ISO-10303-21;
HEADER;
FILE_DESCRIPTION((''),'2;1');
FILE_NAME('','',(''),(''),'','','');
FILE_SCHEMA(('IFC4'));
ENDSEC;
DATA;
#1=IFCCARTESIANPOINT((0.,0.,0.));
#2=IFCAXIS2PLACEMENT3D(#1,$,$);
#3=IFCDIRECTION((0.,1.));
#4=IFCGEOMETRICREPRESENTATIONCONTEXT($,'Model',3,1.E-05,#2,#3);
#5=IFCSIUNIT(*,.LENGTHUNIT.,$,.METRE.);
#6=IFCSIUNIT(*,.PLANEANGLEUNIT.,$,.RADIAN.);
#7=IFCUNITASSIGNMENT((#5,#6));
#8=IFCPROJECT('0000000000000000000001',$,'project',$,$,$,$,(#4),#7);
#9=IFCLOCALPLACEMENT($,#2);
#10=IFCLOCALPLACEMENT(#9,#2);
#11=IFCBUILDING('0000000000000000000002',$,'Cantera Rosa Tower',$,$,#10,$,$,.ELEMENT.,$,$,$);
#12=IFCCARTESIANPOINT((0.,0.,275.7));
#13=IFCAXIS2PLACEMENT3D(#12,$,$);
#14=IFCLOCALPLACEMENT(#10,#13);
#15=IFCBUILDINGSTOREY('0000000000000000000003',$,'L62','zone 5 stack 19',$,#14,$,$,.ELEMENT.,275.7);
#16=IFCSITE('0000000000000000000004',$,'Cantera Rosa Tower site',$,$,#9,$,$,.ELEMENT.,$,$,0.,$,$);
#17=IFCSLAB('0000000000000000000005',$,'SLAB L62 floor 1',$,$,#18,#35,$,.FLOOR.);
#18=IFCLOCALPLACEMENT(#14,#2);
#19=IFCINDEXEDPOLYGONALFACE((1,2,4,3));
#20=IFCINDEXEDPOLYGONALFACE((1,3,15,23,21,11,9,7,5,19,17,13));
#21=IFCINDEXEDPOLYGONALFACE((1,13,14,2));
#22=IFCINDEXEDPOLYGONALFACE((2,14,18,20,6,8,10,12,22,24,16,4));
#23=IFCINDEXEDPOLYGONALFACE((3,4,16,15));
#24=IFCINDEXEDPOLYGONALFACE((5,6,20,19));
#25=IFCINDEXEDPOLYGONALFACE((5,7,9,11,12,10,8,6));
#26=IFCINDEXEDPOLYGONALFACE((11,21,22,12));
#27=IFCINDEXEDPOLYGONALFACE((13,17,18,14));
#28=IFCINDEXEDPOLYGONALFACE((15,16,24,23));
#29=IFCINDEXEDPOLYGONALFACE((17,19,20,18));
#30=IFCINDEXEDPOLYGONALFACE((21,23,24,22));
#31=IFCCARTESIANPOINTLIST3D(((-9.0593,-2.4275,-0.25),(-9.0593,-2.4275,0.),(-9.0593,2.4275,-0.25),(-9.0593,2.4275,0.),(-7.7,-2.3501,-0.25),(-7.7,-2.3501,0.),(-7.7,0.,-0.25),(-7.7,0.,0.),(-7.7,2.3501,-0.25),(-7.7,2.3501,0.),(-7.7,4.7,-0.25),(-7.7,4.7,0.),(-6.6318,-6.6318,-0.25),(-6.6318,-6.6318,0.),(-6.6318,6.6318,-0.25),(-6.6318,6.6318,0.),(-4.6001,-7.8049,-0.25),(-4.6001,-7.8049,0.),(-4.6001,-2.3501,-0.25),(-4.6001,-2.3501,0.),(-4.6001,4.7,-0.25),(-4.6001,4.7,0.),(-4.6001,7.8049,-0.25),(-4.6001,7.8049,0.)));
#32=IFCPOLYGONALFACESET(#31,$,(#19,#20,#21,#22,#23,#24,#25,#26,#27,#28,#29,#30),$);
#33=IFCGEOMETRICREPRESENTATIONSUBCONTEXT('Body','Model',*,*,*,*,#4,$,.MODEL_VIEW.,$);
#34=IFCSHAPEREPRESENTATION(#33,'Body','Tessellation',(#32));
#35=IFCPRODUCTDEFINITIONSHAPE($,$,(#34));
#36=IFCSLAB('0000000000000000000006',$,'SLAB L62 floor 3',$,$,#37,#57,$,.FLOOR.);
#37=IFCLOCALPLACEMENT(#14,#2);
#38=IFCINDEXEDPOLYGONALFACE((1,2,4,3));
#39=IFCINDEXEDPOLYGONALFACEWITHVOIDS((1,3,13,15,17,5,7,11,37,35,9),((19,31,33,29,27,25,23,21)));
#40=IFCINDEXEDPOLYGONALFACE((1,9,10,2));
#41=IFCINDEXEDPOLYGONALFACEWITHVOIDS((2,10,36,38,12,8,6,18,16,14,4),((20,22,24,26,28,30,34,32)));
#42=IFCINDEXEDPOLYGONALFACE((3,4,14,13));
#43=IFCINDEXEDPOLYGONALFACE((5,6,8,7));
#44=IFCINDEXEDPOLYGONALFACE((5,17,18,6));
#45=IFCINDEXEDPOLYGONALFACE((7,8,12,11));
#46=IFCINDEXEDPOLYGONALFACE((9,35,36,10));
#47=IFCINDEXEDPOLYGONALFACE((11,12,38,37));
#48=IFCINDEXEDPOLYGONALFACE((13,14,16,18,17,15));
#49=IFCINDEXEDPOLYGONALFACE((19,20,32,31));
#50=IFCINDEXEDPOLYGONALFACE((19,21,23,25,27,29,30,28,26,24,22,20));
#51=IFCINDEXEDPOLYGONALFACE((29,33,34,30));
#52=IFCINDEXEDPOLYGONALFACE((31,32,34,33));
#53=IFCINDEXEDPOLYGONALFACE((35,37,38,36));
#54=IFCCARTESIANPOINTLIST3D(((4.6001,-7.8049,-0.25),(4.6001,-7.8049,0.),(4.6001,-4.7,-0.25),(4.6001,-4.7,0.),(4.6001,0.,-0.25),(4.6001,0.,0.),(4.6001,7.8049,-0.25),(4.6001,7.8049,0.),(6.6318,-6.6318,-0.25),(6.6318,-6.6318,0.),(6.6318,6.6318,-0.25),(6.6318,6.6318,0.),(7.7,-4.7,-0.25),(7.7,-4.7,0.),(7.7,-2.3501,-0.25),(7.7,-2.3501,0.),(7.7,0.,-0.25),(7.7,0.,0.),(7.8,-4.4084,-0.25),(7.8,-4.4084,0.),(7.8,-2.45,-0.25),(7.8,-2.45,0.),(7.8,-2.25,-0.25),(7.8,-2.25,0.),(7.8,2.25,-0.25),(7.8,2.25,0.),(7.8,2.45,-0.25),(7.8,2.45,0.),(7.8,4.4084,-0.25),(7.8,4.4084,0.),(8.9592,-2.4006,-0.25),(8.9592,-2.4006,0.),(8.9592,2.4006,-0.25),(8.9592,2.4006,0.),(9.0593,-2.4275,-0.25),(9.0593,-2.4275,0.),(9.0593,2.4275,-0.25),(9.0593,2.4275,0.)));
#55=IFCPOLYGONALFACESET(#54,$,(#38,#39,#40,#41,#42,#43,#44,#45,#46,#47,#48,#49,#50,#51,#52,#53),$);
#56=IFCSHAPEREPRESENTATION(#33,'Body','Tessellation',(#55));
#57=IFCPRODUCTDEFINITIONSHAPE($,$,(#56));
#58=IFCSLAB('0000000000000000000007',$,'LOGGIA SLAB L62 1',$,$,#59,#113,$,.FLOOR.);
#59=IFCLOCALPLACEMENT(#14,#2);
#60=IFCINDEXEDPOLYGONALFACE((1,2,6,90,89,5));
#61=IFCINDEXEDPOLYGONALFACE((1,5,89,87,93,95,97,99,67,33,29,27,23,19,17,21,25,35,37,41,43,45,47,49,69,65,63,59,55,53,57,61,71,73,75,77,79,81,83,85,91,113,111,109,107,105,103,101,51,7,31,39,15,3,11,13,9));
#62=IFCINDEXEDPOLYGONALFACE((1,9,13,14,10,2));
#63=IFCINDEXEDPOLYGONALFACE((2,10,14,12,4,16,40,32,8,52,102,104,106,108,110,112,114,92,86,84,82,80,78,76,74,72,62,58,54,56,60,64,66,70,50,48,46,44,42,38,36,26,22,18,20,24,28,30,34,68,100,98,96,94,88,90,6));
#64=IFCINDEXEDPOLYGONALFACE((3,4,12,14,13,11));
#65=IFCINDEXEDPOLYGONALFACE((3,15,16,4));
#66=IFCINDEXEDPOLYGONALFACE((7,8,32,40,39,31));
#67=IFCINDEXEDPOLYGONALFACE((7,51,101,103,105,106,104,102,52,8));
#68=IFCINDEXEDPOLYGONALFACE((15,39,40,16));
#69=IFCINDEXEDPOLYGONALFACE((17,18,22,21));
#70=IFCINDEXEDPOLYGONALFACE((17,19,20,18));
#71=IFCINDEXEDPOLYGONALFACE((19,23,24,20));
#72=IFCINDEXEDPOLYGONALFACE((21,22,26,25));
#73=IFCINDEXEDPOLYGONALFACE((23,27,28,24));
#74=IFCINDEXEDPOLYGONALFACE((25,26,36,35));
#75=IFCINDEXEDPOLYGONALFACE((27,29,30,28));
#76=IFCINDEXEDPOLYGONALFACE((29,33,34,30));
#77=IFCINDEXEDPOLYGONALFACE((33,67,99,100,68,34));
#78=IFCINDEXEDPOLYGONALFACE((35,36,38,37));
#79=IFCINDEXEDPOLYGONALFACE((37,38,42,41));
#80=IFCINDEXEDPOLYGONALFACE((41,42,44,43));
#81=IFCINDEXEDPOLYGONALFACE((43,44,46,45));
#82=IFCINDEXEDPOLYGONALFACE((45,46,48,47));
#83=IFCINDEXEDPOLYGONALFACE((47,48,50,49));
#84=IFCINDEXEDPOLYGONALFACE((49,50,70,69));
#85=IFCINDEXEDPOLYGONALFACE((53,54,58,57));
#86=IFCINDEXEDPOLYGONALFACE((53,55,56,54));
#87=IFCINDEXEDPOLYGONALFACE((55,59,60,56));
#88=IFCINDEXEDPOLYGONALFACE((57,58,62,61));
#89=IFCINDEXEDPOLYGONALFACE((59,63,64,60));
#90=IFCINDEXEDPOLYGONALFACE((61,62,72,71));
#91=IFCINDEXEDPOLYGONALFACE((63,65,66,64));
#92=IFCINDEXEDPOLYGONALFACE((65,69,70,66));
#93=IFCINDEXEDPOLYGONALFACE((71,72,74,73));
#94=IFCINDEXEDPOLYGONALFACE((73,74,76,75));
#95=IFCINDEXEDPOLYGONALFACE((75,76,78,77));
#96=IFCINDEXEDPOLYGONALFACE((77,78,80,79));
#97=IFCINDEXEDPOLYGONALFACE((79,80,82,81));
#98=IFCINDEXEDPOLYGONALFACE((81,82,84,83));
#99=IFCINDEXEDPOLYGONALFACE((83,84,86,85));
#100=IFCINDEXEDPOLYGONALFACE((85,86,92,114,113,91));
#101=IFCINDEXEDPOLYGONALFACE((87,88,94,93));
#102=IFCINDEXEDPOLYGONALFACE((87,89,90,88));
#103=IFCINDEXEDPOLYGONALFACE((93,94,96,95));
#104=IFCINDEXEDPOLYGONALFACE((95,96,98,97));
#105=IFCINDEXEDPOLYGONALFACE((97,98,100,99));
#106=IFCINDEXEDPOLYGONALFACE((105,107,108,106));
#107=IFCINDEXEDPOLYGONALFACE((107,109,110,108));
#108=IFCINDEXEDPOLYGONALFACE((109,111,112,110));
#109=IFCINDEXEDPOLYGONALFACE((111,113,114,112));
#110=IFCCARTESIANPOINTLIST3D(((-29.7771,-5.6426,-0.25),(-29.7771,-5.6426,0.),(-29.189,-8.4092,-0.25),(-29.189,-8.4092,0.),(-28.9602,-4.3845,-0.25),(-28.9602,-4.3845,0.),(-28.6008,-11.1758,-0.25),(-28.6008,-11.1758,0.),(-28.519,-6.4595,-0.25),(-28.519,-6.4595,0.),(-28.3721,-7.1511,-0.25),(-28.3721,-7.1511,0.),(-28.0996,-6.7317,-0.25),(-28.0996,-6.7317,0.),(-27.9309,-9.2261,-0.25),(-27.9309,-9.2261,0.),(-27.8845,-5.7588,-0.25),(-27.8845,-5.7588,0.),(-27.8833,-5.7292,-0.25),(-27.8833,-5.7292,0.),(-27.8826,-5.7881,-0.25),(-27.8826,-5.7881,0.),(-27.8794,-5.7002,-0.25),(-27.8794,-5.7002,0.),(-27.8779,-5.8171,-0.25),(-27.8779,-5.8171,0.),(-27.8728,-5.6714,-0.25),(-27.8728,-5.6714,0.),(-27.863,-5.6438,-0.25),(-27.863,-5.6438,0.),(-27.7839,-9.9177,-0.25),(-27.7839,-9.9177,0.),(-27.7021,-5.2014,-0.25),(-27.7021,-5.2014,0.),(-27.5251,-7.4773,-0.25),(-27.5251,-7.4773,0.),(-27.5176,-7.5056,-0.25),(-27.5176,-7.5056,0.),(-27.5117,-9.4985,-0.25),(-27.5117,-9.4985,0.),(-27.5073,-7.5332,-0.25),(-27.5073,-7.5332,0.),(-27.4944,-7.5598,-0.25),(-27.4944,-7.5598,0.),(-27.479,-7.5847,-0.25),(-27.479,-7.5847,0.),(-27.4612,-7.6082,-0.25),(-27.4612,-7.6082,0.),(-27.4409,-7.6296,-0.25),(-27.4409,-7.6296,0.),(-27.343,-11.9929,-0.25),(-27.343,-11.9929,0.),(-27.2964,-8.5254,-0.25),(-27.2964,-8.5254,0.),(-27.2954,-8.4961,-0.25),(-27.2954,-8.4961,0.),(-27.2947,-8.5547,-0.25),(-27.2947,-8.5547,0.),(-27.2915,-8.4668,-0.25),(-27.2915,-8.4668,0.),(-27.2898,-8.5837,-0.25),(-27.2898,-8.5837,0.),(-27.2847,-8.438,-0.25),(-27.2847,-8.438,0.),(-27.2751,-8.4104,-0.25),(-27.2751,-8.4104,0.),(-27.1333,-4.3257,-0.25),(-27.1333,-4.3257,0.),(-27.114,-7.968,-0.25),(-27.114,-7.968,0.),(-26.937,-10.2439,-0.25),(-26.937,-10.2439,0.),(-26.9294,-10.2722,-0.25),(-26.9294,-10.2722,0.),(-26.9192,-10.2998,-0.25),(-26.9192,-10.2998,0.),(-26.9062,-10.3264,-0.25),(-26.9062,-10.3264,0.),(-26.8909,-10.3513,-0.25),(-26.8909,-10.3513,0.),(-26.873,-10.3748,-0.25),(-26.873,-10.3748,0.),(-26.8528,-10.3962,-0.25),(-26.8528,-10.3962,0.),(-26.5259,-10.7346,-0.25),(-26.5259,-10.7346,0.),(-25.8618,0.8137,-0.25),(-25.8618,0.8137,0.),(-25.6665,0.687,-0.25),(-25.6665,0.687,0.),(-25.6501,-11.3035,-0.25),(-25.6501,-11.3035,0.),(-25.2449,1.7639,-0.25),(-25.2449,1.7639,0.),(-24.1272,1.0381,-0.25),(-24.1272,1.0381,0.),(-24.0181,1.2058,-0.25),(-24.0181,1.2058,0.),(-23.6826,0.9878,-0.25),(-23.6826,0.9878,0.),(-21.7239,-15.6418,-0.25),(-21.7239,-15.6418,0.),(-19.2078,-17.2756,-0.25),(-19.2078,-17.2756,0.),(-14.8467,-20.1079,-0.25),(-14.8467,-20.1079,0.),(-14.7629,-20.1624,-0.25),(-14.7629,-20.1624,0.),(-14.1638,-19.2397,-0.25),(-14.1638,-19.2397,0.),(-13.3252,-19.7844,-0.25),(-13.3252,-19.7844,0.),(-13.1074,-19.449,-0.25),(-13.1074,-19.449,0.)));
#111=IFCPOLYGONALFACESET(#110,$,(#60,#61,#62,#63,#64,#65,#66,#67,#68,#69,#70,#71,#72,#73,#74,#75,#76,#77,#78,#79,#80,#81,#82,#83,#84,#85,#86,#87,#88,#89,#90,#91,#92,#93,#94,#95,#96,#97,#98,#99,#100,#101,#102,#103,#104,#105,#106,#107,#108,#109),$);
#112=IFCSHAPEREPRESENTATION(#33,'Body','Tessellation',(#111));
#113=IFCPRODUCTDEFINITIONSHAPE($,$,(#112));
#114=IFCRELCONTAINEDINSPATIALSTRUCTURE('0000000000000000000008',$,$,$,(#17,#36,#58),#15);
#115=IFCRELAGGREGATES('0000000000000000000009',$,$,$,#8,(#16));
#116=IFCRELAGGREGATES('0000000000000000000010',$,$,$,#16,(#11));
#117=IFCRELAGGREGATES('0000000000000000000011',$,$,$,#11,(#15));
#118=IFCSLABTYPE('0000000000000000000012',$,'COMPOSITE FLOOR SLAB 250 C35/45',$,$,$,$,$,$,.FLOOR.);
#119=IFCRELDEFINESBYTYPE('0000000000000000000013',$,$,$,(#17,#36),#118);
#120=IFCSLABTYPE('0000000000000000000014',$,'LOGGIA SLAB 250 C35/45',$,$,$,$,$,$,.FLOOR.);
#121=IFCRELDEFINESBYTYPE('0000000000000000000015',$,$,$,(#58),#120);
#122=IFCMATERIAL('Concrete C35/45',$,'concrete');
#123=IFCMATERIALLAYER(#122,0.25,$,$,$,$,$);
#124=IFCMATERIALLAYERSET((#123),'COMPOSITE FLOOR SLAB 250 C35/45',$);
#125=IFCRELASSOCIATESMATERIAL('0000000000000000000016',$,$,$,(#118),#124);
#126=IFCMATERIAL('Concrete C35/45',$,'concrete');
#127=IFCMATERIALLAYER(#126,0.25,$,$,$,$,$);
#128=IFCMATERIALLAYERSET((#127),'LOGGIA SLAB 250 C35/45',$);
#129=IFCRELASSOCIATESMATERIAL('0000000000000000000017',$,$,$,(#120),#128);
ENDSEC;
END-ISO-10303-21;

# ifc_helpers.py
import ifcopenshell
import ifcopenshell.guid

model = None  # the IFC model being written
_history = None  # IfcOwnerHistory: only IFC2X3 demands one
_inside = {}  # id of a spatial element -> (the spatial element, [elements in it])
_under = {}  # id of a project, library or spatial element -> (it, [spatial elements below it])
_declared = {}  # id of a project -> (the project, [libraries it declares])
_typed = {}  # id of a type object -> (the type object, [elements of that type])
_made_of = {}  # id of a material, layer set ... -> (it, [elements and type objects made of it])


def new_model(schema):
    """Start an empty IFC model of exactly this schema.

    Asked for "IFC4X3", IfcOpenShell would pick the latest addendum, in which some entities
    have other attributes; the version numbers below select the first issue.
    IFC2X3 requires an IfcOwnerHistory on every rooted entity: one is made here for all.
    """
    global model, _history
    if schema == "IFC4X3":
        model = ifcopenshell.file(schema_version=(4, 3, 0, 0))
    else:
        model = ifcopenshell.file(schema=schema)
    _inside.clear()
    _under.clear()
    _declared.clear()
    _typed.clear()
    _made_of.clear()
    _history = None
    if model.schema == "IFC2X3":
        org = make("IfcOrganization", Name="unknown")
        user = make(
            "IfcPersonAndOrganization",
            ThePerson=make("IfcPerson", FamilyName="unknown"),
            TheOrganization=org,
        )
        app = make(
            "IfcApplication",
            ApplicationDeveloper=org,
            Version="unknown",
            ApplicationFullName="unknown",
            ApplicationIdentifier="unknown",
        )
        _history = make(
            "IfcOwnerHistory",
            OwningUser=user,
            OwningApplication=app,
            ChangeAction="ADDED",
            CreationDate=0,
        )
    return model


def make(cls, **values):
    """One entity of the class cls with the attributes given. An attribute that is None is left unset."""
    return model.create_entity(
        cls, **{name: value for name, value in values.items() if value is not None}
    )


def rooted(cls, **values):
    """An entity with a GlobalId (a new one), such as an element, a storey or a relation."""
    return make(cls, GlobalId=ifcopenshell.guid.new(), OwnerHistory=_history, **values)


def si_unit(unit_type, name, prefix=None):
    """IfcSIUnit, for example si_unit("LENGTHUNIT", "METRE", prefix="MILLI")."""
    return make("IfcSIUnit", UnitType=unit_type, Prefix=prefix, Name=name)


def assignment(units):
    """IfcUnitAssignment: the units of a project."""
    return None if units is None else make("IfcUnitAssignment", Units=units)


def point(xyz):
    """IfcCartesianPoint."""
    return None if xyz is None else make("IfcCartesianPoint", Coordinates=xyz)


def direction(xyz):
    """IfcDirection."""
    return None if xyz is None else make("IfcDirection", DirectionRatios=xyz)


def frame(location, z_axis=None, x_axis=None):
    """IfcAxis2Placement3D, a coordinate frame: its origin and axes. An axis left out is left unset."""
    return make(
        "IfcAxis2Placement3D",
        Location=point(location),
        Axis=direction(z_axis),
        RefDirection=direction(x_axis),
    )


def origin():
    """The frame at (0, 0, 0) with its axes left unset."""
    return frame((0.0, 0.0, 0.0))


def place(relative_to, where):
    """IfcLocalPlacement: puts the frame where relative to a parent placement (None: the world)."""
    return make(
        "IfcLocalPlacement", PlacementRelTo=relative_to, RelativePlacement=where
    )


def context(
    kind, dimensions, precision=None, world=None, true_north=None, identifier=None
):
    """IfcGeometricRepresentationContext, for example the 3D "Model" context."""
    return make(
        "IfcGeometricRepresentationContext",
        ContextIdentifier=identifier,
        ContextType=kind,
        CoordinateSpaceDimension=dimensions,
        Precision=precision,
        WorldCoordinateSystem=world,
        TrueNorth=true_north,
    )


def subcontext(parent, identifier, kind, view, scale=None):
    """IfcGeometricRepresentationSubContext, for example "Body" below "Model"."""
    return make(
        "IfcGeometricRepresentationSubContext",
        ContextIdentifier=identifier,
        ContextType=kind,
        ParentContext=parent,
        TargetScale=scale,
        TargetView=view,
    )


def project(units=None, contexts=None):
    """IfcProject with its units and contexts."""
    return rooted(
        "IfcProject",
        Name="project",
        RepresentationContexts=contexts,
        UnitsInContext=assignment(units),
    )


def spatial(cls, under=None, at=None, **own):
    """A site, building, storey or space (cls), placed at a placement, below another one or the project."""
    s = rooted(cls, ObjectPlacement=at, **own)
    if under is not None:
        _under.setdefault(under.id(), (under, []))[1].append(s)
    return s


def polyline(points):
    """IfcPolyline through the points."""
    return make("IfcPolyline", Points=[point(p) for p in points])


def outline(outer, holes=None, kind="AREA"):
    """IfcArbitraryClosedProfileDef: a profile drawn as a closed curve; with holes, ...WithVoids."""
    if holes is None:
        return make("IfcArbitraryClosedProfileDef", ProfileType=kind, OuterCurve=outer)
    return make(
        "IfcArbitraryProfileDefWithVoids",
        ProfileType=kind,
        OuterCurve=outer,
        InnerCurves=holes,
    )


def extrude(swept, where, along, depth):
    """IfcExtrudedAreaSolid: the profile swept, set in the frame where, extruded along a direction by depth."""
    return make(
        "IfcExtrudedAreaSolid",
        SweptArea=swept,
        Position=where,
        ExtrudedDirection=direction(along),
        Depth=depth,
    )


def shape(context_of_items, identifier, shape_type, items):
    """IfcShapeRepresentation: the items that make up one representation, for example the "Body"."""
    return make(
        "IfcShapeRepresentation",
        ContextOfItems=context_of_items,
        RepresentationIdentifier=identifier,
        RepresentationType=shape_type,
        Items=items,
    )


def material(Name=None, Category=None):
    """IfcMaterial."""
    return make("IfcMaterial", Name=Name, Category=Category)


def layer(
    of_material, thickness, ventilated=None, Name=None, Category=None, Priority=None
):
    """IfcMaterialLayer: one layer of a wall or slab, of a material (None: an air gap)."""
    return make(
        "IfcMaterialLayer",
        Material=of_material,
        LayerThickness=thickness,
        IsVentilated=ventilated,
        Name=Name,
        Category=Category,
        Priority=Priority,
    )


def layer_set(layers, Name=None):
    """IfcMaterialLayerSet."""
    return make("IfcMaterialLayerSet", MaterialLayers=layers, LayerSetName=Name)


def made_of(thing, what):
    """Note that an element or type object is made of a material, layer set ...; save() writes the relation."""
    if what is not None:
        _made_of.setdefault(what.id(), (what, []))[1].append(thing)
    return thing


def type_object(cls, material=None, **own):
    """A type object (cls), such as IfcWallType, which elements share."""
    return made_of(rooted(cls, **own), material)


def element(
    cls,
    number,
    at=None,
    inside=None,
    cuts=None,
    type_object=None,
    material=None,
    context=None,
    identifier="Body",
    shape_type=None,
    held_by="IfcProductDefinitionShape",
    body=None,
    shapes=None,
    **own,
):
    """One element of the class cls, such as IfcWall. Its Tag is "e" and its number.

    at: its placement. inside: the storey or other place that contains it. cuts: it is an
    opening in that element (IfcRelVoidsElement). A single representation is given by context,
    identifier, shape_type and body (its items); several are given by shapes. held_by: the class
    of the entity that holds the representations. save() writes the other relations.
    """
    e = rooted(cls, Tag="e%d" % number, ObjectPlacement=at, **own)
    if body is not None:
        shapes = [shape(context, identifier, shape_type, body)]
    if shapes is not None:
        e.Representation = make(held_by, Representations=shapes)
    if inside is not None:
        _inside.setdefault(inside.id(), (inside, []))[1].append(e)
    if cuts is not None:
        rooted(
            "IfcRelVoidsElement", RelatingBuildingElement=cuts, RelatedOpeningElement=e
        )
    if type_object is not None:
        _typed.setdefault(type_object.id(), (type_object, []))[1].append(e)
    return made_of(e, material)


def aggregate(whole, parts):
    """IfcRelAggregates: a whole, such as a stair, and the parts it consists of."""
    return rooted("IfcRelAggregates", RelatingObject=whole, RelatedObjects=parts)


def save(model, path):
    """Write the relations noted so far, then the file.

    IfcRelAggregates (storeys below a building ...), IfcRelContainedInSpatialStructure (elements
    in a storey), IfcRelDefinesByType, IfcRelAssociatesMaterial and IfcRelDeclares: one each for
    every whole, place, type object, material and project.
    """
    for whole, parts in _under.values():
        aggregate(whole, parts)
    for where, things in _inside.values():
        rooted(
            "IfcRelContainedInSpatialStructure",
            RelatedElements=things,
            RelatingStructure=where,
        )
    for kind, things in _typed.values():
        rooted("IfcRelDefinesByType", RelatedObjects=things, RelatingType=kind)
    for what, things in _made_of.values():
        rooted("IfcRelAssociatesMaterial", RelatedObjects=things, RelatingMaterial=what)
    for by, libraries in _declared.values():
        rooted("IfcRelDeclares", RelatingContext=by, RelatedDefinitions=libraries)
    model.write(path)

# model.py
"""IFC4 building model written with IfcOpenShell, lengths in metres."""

from ifc_helpers import new_model, si_unit, direction, frame, origin, place, context, subcontext, project, spatial, polyline, outline, extrude, material, layer, layer_set, type_object, element, save


model = new_model("IFC4")

# Units and contexts
model_context = context("Model", 3, precision=1e-05, world=origin(), true_north=direction((0.0, 1.0)))
body_context = subcontext(model_context, "Body", "Model", "MODEL_VIEW")
ifc_project = project(units=[si_unit("LENGTHUNIT", "METRE"), si_unit("PLANEANGLEUNIT", "RADIAN")], contexts=[model_context])

# Site, building, storey
site_placement = place(None, origin())
site = spatial("IfcSite", under=ifc_project, at=site_placement, Name="Cantera Rosa Tower site", CompositionType="ELEMENT", RefElevation=0.0)
building_placement = place(site_placement, origin())
building = spatial("IfcBuilding", under=site, at=building_placement, Name="Cantera Rosa Tower", CompositionType="ELEMENT")
storey_placement = place(building_placement, frame((0.0, 0.0, 275.7)))
storey = spatial("IfcBuildingStorey", under=building, at=storey_placement, Name="L62", Description="zone 5 stack 19", CompositionType="ELEMENT", Elevation=275.7)

# Slabs
ifc_material_1 = material(Name="Concrete C35/45", Category="concrete")
ifc_layer_1 = layer(ifc_material_1, 0.25)
ifc_layer_set_1 = layer_set([ifc_layer_1], Name="COMPOSITE FLOOR SLAB 250 C35/45")
slab_type_1 = type_object("IfcSlabType", Name="COMPOSITE FLOOR SLAB 250 C35/45", PredefinedType="FLOOR", material=ifc_layer_set_1)
slab_1_placement = place(storey_placement, frame((0.0, 0.0, -0.25)))
element("IfcSlab", 1, at=slab_1_placement, inside=storey, type_object=slab_type_1, Name="SLAB L62 floor 1", PredefinedType="FLOOR", context=body_context, shape_type="SweptSolid", body=[
    extrude(outline(polyline([(-4.6001, -2.3501), (-4.6001, -7.8049), (-6.6318, -6.6318), (-9.0593, -2.4275), (-9.0593, 2.4275), (-6.6318, 6.6318), (-4.6001, 7.8049), (-4.6001, 4.7), (-7.7, 4.7), (-7.7, 2.3501), (-7.7, 0.0), (-7.7, -2.3501), (-4.6001, -2.3501)])), origin(), (0.0, 0.0, 1.0), 0.25),
])
slab_2_placement = place(storey_placement, frame((0.0, 0.0, -0.25)))
element("IfcSlab", 2, at=slab_2_placement, inside=storey, type_object=slab_type_1, Name="SLAB L62 floor 3", PredefinedType="FLOOR", context=body_context, shape_type="SweptSolid", body=[
    extrude(outline(polyline([(7.7, -2.3501), (7.7, 0.0), (4.6001, 0.0), (4.6001, 7.8049), (6.6318, 6.6318), (9.0593, 2.4275), (9.0593, -2.4275), (6.6318, -6.6318), (4.6001, -7.8049), (4.6001, -4.7), (7.7, -4.7), (7.7, -2.3501)]), holes=[polyline([(7.8, 2.45), (7.8, 2.25), (7.8, -2.25), (7.8, -2.45), (7.8, -4.4084), (8.9592, -2.4006), (8.9592, 2.4006), (7.8, 4.4084), (7.8, 2.45)])]), origin(), (0.0, 0.0, 1.0), 0.25),
])
ifc_material_2 = material(Name="Concrete C35/45", Category="concrete")
ifc_layer_2 = layer(ifc_material_2, 0.25)
ifc_layer_set_2 = layer_set([ifc_layer_2], Name="LOGGIA SLAB 250 C35/45")
slab_type_2 = type_object("IfcSlabType", Name="LOGGIA SLAB 250 C35/45", PredefinedType="FLOOR", material=ifc_layer_set_2)
slab_3_placement = place(storey_placement, frame((0.0, 0.0, -0.25)))
element("IfcSlab", 3, at=slab_3_placement, inside=storey, type_object=slab_type_2, Name="LOGGIA SLAB L62 1", PredefinedType="FLOOR", context=body_context, shape_type="SweptSolid", body=[
    extrude(outline(polyline([(-21.7239, -15.6418), (-27.343, -11.9929), (-28.6008, -11.1758), (-27.7839, -9.9177), (-27.5117, -9.4985), (-27.9309, -9.2261), (-29.189, -8.4092), (-28.3721, -7.1511), (-28.0996, -6.7317), (-28.519, -6.4595), (-29.7771, -5.6426), (-28.9602, -4.3845), (-25.6665, 0.687), (-25.8618, 0.8137), (-25.2449, 1.7639), (-24.1272, 1.0381), (-24.0181, 1.2058), (-23.6826, 0.9878), (-27.1333, -4.3257), (-27.7021, -5.2014), (-27.863, -5.6438), (-27.8728, -5.6714), (-27.8794, -5.7002), (-27.8833, -5.7292), (-27.8845, -5.7588), (-27.8826, -5.7881), (-27.8779, -5.8171), (-27.5251, -7.4773), (-27.5176, -7.5056), (-27.5073, -7.5332), (-27.4944, -7.5598), (-27.479, -7.5847), (-27.4612, -7.6082), (-27.4409, -7.6296), (-27.114, -7.968), (-27.2751, -8.4104), (-27.2847, -8.438), (-27.2915, -8.4668), (-27.2954, -8.4961), (-27.2964, -8.5254), (-27.2947, -8.5547), (-27.2898, -8.5837), (-26.937, -10.2439), (-26.9294, -10.2722), (-26.9192, -10.2998), (-26.9062, -10.3264), (-26.8909, -10.3513), (-26.873, -10.3748), (-26.8528, -10.3962), (-26.5259, -10.7346), (-25.6501, -11.3035), (-13.1074, -19.449), (-13.3252, -19.7844), (-14.1638, -19.2397), (-14.7629, -20.1624), (-14.8467, -20.1079), (-19.2078, -17.2756), (-21.7239, -15.6418)])), origin(), (0.0, 0.0, 1.0), 0.25),
])

save(model, "model.ifc")
